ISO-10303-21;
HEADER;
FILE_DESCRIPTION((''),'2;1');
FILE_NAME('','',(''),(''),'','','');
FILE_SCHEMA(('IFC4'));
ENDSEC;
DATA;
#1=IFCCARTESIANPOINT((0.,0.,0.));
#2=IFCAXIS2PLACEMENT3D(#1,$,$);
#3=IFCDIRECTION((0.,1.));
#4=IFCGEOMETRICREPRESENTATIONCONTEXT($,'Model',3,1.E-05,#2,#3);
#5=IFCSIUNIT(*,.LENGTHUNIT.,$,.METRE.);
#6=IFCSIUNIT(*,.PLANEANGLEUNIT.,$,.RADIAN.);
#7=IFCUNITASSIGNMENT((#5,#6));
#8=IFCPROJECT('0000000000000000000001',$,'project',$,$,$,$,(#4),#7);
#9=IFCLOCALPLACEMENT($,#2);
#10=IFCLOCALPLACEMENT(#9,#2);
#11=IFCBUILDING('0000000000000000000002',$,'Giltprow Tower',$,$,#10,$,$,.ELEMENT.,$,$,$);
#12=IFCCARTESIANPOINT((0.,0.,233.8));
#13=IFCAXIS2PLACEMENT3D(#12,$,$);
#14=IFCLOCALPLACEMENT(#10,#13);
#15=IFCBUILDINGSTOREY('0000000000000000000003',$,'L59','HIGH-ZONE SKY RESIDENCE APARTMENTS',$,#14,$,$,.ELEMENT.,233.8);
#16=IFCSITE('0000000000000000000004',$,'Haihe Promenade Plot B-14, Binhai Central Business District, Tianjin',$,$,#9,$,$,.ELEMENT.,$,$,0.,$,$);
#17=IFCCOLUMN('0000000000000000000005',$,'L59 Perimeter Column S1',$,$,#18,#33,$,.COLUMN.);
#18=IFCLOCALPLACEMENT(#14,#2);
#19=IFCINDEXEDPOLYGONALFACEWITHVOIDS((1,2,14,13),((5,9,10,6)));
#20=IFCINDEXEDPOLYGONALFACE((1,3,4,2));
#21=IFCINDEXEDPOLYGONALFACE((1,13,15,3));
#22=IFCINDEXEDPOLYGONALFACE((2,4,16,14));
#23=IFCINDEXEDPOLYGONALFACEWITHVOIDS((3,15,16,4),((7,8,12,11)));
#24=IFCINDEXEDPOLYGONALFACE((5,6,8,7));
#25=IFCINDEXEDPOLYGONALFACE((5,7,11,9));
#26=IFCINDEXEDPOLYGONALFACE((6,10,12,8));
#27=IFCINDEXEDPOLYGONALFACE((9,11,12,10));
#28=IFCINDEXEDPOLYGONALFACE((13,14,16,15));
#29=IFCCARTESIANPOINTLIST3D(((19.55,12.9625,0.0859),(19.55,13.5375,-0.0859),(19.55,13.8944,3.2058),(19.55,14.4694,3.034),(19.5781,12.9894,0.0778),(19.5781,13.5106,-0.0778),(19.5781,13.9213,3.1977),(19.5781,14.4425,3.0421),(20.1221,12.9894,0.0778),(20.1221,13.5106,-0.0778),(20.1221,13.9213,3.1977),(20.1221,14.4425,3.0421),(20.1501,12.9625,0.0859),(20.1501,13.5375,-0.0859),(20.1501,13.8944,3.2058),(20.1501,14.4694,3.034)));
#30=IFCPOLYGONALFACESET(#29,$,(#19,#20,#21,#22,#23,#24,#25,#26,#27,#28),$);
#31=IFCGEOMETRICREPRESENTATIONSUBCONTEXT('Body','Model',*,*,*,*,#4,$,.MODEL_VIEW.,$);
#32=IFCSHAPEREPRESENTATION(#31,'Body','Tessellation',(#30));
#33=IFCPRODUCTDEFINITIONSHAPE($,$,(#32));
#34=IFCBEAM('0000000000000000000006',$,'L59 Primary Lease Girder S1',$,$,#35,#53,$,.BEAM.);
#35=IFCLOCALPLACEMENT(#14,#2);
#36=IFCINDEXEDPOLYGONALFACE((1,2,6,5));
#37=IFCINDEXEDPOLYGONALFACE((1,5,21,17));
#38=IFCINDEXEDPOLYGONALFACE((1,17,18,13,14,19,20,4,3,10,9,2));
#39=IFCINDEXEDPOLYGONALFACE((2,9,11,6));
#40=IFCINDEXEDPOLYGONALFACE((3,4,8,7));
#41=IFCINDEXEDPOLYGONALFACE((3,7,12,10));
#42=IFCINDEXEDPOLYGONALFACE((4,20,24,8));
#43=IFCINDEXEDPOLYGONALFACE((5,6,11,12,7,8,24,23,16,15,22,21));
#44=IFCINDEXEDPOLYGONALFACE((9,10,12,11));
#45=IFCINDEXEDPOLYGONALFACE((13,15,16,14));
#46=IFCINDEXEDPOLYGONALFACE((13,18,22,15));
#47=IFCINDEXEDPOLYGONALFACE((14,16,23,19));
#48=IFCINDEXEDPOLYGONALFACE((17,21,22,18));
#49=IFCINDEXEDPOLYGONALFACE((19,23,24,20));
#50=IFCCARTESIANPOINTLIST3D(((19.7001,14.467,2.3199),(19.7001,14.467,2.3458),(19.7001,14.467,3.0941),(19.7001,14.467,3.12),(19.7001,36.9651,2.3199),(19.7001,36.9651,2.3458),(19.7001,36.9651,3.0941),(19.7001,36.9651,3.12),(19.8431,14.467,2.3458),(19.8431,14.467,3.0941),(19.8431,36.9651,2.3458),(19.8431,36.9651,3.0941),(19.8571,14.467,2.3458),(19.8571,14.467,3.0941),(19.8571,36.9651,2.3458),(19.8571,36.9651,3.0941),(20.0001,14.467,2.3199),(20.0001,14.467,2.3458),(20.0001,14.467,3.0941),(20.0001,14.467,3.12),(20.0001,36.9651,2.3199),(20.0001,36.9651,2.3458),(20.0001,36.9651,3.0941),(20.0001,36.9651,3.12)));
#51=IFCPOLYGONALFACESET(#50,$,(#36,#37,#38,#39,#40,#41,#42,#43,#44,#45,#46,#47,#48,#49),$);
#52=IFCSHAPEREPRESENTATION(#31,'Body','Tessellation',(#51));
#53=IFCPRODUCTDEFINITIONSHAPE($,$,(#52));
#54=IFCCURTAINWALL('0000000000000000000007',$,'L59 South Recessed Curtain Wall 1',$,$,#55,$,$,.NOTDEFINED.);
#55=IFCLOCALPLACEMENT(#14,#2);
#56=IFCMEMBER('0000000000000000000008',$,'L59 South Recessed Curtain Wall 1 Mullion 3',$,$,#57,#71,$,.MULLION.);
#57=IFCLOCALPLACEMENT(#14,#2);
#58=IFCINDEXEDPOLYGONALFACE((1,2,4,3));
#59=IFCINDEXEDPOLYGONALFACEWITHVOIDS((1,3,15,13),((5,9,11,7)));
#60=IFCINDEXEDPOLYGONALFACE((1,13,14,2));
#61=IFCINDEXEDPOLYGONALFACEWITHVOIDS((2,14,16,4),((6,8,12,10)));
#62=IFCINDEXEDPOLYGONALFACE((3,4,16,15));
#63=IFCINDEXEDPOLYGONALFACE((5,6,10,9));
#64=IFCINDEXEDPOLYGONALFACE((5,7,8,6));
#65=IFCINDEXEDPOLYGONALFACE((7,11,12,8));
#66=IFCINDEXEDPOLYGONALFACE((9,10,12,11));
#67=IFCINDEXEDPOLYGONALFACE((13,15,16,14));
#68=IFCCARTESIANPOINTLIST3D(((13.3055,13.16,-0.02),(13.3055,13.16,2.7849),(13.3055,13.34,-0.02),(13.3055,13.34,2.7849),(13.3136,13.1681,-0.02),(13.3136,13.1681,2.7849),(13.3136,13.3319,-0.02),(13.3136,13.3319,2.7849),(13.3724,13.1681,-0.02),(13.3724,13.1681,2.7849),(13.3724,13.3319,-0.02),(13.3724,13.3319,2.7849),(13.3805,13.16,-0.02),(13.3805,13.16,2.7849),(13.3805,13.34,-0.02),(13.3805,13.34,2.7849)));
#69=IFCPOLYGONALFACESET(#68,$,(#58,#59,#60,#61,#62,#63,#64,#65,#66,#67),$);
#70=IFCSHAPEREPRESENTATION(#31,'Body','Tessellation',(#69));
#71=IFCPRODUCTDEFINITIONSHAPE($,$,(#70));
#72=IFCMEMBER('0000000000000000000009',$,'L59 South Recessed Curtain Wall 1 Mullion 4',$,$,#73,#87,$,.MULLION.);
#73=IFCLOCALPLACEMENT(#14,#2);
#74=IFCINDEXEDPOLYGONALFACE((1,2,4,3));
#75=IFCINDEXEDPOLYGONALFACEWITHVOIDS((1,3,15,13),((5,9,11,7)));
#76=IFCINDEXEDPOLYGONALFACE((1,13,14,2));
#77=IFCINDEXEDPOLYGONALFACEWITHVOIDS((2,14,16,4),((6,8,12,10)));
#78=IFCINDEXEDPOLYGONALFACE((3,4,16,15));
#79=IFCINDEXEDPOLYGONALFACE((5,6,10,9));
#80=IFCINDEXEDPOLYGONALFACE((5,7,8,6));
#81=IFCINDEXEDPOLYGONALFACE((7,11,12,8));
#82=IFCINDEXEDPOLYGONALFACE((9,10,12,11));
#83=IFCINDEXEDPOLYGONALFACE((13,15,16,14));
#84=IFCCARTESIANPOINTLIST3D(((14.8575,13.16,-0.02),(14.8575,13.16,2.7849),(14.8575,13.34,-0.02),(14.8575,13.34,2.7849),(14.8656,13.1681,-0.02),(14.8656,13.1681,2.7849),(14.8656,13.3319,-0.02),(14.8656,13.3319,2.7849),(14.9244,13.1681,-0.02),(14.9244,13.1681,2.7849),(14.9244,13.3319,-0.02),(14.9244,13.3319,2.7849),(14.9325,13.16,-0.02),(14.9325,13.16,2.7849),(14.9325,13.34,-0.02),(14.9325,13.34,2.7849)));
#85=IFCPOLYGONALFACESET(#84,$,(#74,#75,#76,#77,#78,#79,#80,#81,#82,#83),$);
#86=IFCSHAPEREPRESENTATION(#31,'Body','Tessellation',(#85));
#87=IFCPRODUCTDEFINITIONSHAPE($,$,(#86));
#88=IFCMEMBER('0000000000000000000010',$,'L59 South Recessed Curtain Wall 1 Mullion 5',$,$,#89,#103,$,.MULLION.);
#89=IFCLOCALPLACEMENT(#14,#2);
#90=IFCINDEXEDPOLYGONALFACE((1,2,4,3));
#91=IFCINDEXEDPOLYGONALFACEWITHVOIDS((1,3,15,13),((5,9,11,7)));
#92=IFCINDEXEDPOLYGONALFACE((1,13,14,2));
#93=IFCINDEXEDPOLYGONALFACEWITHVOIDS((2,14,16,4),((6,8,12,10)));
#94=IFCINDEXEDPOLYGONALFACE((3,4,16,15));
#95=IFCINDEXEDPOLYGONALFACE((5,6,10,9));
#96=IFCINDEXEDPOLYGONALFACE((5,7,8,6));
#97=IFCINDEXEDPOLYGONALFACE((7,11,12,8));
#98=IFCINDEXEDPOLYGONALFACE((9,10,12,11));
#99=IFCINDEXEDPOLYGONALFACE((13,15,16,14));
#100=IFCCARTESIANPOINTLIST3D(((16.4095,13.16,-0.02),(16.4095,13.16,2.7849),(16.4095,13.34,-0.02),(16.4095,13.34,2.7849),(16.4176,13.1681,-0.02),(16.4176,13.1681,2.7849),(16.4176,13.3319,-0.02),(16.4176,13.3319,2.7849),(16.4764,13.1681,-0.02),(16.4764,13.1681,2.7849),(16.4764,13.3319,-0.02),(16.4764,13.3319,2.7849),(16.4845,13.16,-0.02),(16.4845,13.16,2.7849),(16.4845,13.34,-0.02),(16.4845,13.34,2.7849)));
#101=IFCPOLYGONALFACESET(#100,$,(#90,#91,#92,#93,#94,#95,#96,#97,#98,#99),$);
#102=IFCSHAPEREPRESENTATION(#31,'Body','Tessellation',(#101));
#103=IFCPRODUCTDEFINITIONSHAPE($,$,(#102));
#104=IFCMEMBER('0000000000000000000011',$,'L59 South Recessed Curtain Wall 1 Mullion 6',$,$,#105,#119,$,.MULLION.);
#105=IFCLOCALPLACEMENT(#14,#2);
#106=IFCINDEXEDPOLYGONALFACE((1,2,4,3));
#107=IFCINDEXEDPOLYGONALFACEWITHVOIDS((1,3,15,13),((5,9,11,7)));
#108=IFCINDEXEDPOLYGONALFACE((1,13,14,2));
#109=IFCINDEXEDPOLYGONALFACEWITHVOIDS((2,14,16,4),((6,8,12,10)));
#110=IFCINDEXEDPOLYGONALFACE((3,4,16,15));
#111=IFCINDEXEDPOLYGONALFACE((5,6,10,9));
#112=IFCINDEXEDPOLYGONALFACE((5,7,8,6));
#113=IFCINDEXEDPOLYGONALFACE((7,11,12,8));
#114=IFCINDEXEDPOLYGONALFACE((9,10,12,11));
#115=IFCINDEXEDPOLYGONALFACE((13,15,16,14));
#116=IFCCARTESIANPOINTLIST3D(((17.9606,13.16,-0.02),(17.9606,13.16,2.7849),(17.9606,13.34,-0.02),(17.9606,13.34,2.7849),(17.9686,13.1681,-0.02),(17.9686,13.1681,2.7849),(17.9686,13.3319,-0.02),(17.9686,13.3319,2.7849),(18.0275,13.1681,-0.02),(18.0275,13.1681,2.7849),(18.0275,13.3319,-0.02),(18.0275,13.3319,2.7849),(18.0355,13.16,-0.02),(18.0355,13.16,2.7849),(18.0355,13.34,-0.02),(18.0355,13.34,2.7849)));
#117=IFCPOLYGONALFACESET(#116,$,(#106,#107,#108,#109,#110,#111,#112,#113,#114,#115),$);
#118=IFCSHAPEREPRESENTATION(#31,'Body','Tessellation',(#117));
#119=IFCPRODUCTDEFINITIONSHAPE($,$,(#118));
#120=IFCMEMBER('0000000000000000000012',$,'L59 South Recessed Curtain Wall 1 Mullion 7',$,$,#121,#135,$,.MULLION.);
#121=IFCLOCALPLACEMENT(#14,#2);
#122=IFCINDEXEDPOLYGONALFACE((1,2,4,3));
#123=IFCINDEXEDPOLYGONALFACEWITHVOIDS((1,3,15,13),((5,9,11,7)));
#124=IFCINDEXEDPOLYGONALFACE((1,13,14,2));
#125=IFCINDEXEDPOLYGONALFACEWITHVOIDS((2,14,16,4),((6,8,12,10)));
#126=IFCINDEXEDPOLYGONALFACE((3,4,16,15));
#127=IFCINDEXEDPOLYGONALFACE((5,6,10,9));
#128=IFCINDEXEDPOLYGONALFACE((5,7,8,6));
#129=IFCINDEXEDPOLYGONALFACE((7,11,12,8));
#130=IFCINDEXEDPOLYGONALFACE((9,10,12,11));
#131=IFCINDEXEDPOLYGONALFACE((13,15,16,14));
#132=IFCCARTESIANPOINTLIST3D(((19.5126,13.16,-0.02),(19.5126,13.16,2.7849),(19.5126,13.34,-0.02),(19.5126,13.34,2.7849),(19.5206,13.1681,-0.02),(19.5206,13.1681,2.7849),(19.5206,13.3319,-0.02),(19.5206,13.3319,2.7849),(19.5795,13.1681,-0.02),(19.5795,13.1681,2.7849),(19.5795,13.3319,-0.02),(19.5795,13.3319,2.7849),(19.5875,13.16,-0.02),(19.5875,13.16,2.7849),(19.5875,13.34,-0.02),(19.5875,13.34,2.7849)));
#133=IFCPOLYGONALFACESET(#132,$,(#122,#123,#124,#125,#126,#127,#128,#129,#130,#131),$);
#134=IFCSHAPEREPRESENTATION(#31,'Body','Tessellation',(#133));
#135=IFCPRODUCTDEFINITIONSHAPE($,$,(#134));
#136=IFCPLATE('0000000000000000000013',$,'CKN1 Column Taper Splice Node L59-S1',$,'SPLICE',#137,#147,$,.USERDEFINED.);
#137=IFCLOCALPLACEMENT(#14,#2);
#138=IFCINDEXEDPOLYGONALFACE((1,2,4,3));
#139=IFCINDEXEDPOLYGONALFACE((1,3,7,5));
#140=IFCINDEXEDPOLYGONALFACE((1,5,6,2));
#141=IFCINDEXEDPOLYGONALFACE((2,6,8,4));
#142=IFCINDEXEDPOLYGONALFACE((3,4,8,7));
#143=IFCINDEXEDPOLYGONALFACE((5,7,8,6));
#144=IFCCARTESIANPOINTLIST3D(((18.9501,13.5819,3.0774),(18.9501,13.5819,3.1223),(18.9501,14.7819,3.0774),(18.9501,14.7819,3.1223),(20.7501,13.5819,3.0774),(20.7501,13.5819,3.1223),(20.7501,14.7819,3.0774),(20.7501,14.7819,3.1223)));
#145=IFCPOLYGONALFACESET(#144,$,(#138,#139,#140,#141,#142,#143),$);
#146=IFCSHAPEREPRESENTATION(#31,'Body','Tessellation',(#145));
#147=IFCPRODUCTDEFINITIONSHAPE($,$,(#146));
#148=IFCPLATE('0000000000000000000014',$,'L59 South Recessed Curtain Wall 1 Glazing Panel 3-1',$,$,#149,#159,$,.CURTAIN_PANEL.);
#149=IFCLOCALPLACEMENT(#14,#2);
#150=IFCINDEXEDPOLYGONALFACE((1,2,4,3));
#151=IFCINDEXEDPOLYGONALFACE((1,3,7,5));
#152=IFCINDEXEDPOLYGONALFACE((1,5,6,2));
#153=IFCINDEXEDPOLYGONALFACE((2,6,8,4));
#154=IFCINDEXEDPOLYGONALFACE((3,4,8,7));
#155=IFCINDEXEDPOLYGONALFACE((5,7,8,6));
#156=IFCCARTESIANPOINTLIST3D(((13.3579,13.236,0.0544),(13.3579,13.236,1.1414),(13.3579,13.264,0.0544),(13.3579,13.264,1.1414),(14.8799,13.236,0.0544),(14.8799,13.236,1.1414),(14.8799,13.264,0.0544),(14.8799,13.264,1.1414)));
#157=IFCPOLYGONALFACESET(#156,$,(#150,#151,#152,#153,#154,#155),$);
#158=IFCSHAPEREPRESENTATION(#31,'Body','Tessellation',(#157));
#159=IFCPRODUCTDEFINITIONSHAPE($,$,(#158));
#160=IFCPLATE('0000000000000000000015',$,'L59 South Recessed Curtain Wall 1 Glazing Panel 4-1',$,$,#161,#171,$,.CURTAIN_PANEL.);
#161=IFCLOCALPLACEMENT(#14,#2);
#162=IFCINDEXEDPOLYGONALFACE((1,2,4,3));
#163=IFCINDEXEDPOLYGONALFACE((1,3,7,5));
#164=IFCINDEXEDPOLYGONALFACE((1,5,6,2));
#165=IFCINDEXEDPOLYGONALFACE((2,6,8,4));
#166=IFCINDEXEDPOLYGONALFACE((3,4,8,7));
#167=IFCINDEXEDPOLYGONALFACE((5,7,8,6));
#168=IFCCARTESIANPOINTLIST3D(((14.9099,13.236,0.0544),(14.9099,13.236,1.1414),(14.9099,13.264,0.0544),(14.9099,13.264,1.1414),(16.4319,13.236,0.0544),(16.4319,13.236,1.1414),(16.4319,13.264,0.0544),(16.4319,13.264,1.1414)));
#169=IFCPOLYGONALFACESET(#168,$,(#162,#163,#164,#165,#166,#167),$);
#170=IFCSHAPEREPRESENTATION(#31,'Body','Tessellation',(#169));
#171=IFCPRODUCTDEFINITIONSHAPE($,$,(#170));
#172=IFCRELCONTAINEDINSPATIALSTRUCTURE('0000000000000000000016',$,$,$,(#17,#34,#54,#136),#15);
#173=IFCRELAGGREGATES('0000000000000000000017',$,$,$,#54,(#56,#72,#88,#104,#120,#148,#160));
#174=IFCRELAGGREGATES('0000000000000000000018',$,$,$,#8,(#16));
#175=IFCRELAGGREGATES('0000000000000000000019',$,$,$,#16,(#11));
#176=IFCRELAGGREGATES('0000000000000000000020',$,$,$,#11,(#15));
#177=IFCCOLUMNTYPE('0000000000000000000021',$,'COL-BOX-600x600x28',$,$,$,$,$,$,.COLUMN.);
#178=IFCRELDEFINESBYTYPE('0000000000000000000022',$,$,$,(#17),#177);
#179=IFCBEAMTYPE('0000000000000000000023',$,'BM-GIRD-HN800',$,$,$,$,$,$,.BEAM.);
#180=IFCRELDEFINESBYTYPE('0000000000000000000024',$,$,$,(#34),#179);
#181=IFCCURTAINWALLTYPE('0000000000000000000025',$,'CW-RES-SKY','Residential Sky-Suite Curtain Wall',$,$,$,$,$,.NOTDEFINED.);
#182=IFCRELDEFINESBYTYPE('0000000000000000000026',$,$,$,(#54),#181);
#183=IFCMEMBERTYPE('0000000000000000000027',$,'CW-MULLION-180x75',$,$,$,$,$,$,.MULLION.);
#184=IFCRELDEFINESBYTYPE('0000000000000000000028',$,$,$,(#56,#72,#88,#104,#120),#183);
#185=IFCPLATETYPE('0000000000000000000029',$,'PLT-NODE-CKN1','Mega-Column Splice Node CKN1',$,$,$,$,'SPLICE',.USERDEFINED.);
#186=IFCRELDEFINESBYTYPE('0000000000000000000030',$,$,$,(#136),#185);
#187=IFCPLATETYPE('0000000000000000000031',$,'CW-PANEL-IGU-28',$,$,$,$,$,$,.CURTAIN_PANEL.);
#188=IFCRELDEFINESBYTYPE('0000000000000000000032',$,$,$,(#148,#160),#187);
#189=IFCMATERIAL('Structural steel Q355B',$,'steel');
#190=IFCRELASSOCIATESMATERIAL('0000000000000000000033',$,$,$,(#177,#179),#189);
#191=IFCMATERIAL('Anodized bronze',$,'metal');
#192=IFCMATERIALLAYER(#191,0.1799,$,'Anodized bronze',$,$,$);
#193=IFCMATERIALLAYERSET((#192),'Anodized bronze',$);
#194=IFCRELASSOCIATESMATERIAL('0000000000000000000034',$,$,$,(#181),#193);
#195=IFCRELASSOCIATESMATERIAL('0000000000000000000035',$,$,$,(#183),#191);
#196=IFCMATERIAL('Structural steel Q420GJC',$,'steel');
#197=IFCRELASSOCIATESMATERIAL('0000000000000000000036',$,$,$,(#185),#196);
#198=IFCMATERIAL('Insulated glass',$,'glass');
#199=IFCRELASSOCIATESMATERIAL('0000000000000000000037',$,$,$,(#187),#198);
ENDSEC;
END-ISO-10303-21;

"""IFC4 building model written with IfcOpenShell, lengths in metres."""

from ifc_helpers import new_model, si_unit, direction, frame, origin, origin_2d, place, context, subcontext, project, spatial, rectangle, hollow_rectangle, i_section, extrude, source, transform, mapped, material, layer, layer_set, material_profile, profile_set, type_object, element, aggregate, save


model = new_model("IFC4")

# Units and contexts
model_context = context("Model", 3, precision=1e-05, world=origin(), true_north=direction((0.0, 1.0)))
body_context = subcontext(model_context, "Body", "Model", "MODEL_VIEW")
ifc_project = project(units=[si_unit("LENGTHUNIT", "METRE"), si_unit("PLANEANGLEUNIT", "RADIAN")], contexts=[model_context])

# Site, building, storey
site_placement = place(None, origin())
site = spatial("IfcSite", under=ifc_project, at=site_placement, Name="Haihe Promenade Plot B-14, Binhai Central Business District, Tianjin", CompositionType="ELEMENT", RefElevation=0.0)
building_placement = place(site_placement, origin())
building = spatial("IfcBuilding", under=site, at=building_placement, Name="Giltprow Tower", CompositionType="ELEMENT")
storey_placement = place(building_placement, frame((0.0, 0.0, 233.8)))
storey = spatial("IfcBuildingStorey", under=building, at=storey_placement, Name="L59", Description="HIGH-ZONE SKY RESIDENCE APARTMENTS", CompositionType="ELEMENT", Elevation=233.8)

# Column
ifc_material_1 = material(Name="Structural steel Q355B", Category="steel")
ifc_material_profile_1 = material_profile(ifc_material_1, hollow_rectangle(XDim=0.6001, YDim=0.6001, WallThickness=0.0281, at=origin_2d()), Name="BOX 600x600x28")
ifc_profile_set_1 = profile_set([ifc_material_profile_1], Name="Structural steel Q355B")
column_type = type_object("IfcColumnType", Name="COL-BOX-600x600x28", PredefinedType="COLUMN", material=ifc_profile_set_1)
shared_shape_1 = source(origin(), body_context, "Body", "SweptSolid", [
    extrude(hollow_rectangle(XDim=0.6001, YDim=0.6001, WallThickness=0.0281, at=origin_2d()), origin(), (0.0, 0.0, 1.0), 3.2561),
])
column_placement = place(storey_placement, frame((19.8501, 13.25, 0.0), z_axis=(0.0, 0.286199, 0.95817), x_axis=(-1.0, 0.0, 0.0)))
element("IfcColumn", 1, at=column_placement, inside=storey, type_object=column_type, Name="L59 Perimeter Column S1", PredefinedType="COLUMN", context=body_context, shape_type="MappedRepresentation", body=[
    mapped(shared_shape_1, transform((0.0, 0.0, 0.0), x_axis=(1.0, 0.0, 0.0), y_axis=(0.0, 1.0, 0.0), z_axis=(0.0, 0.0, 1.0), scale=1.0)),
])

# Beam
ifc_material_profile_2 = material_profile(ifc_material_1, i_section(OverallWidth=0.3, OverallDepth=0.8, WebThickness=0.0139, FlangeThickness=0.0259, at=origin_2d()), Name="HN 800x300x14x26")
ifc_profile_set_2 = profile_set([ifc_material_profile_2], Name="Structural steel Q355B")
beam_type = type_object("IfcBeamType", Name="BM-GIRD-HN800", PredefinedType="BEAM", material=ifc_profile_set_2)
shared_shape_2 = source(origin(), body_context, "Body", "SweptSolid", [
    extrude(i_section(OverallWidth=0.3, OverallDepth=0.8, WebThickness=0.0139, FlangeThickness=0.0259, at=origin_2d()), origin(), (0.0, 0.0, 1.0), 22.498),
])
beam_placement = place(storey_placement, frame((19.8501, 14.467, 2.72), z_axis=(0.0, 1.0, 0.0), x_axis=(-1.0, 0.0, 0.0)))
element("IfcBeam", 2, at=beam_placement, inside=storey, type_object=beam_type, Name="L59 Primary Lease Girder S1", PredefinedType="BEAM", context=body_context, shape_type="MappedRepresentation", body=[
    mapped(shared_shape_2, transform((0.0, 0.0, 0.0), x_axis=(1.0, 0.0, 0.0), y_axis=(0.0, 1.0, 0.0), z_axis=(0.0, 0.0, 1.0), scale=1.0)),
])

# Curtain wall, members
ifc_material_2 = material(Name="Anodized bronze", Category="metal")
ifc_layer = layer(ifc_material_2, 0.1799, Name="Anodized bronze")
ifc_layer_set = layer_set([ifc_layer], Name="Anodized bronze")
curtain_wall_type = type_object("IfcCurtainWallType", Name="CW-RES-SKY", Description="Residential Sky-Suite Curtain Wall", PredefinedType="NOTDEFINED", material=ifc_layer_set)
curtain_wall_placement = place(storey_placement, origin())
curtain_wall = element("IfcCurtainWall", 3, at=curtain_wall_placement, inside=storey, type_object=curtain_wall_type, Name="L59 South Recessed Curtain Wall 1", PredefinedType="NOTDEFINED")
ifc_material_profile_3 = material_profile(ifc_material_2, hollow_rectangle(XDim=0.075, YDim=0.1799, WallThickness=0.0081, at=origin_2d()), Name="RHS 180x75x8")
ifc_profile_set_3 = profile_set([ifc_material_profile_3], Name="Anodized bronze")
member_type = type_object("IfcMemberType", Name="CW-MULLION-180x75", PredefinedType="MULLION", material=ifc_profile_set_3)
shared_shape_3 = source(origin(), body_context, "Body", "SweptSolid", [
    extrude(hollow_rectangle(XDim=0.075, YDim=0.1799, WallThickness=0.0081, at=origin_2d()), origin(), (0.0, 0.0, 1.0), 2.8049),
])
member_1_placement = place(storey_placement, frame((13.343, 13.25, -0.02), z_axis=(0.0, 0.0, 1.0), x_axis=(1.0, 0.0, 0.0)))
member_1 = element("IfcMember", 4, at=member_1_placement, type_object=member_type, Name="L59 South Recessed Curtain Wall 1 Mullion 3", PredefinedType="MULLION", context=body_context, shape_type="MappedRepresentation", body=[
    mapped(shared_shape_3, transform((0.0, 0.0, 0.0), x_axis=(1.0, 0.0, 0.0), y_axis=(0.0, 1.0, 0.0), z_axis=(0.0, 0.0, 1.0), scale=1.0)),
])
member_2_placement = place(storey_placement, frame((14.895, 13.25, -0.02), z_axis=(0.0, 0.0, 1.0), x_axis=(1.0, 0.0, 0.0)))
member_2 = element("IfcMember", 5, at=member_2_placement, type_object=member_type, Name="L59 South Recessed Curtain Wall 1 Mullion 4", PredefinedType="MULLION", context=body_context, shape_type="MappedRepresentation", body=[
    mapped(shared_shape_3, transform((0.0, 0.0, 0.0), x_axis=(1.0, 0.0, 0.0), y_axis=(0.0, 1.0, 0.0), z_axis=(0.0, 0.0, 1.0), scale=1.0)),
])
member_3_placement = place(storey_placement, frame((16.447, 13.25, -0.02), z_axis=(0.0, 0.0, 1.0), x_axis=(1.0, 0.0, 0.0)))
member_3 = element("IfcMember", 6, at=member_3_placement, type_object=member_type, Name="L59 South Recessed Curtain Wall 1 Mullion 5", PredefinedType="MULLION", context=body_context, shape_type="MappedRepresentation", body=[
    mapped(shared_shape_3, transform((0.0, 0.0, 0.0), x_axis=(1.0, 0.0, 0.0), y_axis=(0.0, 1.0, 0.0), z_axis=(0.0, 0.0, 1.0), scale=1.0)),
])
member_4_placement = place(storey_placement, frame((17.998, 13.25, -0.02), z_axis=(0.0, 0.0, 1.0), x_axis=(1.0, 0.0, 0.0)))
member_4 = element("IfcMember", 7, at=member_4_placement, type_object=member_type, Name="L59 South Recessed Curtain Wall 1 Mullion 6", PredefinedType="MULLION", context=body_context, shape_type="MappedRepresentation", body=[
    mapped(shared_shape_3, transform((0.0, 0.0, 0.0), x_axis=(1.0, 0.0, 0.0), y_axis=(0.0, 1.0, 0.0), z_axis=(0.0, 0.0, 1.0), scale=1.0)),
])
member_5_placement = place(storey_placement, frame((19.55, 13.25, -0.02), z_axis=(0.0, 0.0, 1.0), x_axis=(1.0, 0.0, 0.0)))
member_5 = element("IfcMember", 8, at=member_5_placement, type_object=member_type, Name="L59 South Recessed Curtain Wall 1 Mullion 7", PredefinedType="MULLION", context=body_context, shape_type="MappedRepresentation", body=[
    mapped(shared_shape_3, transform((0.0, 0.0, 0.0), x_axis=(1.0, 0.0, 0.0), y_axis=(0.0, 1.0, 0.0), z_axis=(0.0, 0.0, 1.0), scale=1.0)),
])

# Plates
ifc_material_3 = material(Name="Structural steel Q420GJC", Category="steel")
plate_type_1 = type_object("IfcPlateType", Name="PLT-NODE-CKN1", Description="Mega-Column Splice Node CKN1", ElementType="SPLICE", PredefinedType="USERDEFINED", material=ifc_material_3)
shared_shape_4 = source(origin(), body_context, "Body", "SweptSolid", [
    extrude(rectangle(XDim=1.8, YDim=1.2, at=origin_2d()), origin(), (0.0, 0.0, 1.0), 0.0449),
])
plate_1_placement = place(storey_placement, frame((19.8501, 14.1819, 3.0774), z_axis=(0.0, 0.0, 1.0), x_axis=(1.0, 0.0, 0.0)))
element("IfcPlate", 9, at=plate_1_placement, inside=storey, type_object=plate_type_1, Name="CKN1 Column Taper Splice Node L59-S1", ObjectType="SPLICE", PredefinedType="USERDEFINED", context=body_context, shape_type="MappedRepresentation", body=[
    mapped(shared_shape_4, transform((0.0, 0.0, 0.0), x_axis=(1.0, 0.0, 0.0), y_axis=(0.0, 1.0, 0.0), z_axis=(0.0, 0.0, 1.0), scale=1.0)),
])
ifc_material_4 = material(Name="Insulated glass", Category="glass")
plate_type_2 = type_object("IfcPlateType", Name="CW-PANEL-IGU-28", PredefinedType="CURTAIN_PANEL", material=ifc_material_4)
shared_shape_5 = source(origin(), body_context, "Body", "SweptSolid", [
    extrude(rectangle(XDim=1.522, YDim=0.0281, at=origin_2d()), origin(), (0.0, 0.0, 1.0), 1.0869),
])
plate_2_placement = place(storey_placement, frame((14.1189, 13.25, 0.0544), z_axis=(0.0, 0.0, 1.0), x_axis=(1.0, 0.0, 0.0)))
plate_2 = element("IfcPlate", 10, at=plate_2_placement, type_object=plate_type_2, Name="L59 South Recessed Curtain Wall 1 Glazing Panel 3-1", PredefinedType="CURTAIN_PANEL", context=body_context, shape_type="MappedRepresentation", body=[
    mapped(shared_shape_5, transform((0.0, 0.0, 0.0), x_axis=(1.0, 0.0, 0.0), y_axis=(0.0, 1.0, 0.0), z_axis=(0.0, 0.0, 1.0), scale=1.0)),
])
plate_3_placement = place(storey_placement, frame((15.6709, 13.25, 0.0544), z_axis=(0.0, 0.0, 1.0), x_axis=(1.0, 0.0, 0.0)))
plate_3 = element("IfcPlate", 11, at=plate_3_placement, type_object=plate_type_2, Name="L59 South Recessed Curtain Wall 1 Glazing Panel 4-1", PredefinedType="CURTAIN_PANEL", context=body_context, shape_type="MappedRepresentation", body=[
    mapped(shared_shape_5, transform((0.0, 0.0, 0.0), x_axis=(1.0, 0.0, 0.0), y_axis=(0.0, 1.0, 0.0), z_axis=(0.0, 0.0, 1.0), scale=1.0)),
])
aggregate(curtain_wall, [member_1, member_2, member_3, member_4, member_5, plate_2, plate_3])

save(model, "model.ifc")
